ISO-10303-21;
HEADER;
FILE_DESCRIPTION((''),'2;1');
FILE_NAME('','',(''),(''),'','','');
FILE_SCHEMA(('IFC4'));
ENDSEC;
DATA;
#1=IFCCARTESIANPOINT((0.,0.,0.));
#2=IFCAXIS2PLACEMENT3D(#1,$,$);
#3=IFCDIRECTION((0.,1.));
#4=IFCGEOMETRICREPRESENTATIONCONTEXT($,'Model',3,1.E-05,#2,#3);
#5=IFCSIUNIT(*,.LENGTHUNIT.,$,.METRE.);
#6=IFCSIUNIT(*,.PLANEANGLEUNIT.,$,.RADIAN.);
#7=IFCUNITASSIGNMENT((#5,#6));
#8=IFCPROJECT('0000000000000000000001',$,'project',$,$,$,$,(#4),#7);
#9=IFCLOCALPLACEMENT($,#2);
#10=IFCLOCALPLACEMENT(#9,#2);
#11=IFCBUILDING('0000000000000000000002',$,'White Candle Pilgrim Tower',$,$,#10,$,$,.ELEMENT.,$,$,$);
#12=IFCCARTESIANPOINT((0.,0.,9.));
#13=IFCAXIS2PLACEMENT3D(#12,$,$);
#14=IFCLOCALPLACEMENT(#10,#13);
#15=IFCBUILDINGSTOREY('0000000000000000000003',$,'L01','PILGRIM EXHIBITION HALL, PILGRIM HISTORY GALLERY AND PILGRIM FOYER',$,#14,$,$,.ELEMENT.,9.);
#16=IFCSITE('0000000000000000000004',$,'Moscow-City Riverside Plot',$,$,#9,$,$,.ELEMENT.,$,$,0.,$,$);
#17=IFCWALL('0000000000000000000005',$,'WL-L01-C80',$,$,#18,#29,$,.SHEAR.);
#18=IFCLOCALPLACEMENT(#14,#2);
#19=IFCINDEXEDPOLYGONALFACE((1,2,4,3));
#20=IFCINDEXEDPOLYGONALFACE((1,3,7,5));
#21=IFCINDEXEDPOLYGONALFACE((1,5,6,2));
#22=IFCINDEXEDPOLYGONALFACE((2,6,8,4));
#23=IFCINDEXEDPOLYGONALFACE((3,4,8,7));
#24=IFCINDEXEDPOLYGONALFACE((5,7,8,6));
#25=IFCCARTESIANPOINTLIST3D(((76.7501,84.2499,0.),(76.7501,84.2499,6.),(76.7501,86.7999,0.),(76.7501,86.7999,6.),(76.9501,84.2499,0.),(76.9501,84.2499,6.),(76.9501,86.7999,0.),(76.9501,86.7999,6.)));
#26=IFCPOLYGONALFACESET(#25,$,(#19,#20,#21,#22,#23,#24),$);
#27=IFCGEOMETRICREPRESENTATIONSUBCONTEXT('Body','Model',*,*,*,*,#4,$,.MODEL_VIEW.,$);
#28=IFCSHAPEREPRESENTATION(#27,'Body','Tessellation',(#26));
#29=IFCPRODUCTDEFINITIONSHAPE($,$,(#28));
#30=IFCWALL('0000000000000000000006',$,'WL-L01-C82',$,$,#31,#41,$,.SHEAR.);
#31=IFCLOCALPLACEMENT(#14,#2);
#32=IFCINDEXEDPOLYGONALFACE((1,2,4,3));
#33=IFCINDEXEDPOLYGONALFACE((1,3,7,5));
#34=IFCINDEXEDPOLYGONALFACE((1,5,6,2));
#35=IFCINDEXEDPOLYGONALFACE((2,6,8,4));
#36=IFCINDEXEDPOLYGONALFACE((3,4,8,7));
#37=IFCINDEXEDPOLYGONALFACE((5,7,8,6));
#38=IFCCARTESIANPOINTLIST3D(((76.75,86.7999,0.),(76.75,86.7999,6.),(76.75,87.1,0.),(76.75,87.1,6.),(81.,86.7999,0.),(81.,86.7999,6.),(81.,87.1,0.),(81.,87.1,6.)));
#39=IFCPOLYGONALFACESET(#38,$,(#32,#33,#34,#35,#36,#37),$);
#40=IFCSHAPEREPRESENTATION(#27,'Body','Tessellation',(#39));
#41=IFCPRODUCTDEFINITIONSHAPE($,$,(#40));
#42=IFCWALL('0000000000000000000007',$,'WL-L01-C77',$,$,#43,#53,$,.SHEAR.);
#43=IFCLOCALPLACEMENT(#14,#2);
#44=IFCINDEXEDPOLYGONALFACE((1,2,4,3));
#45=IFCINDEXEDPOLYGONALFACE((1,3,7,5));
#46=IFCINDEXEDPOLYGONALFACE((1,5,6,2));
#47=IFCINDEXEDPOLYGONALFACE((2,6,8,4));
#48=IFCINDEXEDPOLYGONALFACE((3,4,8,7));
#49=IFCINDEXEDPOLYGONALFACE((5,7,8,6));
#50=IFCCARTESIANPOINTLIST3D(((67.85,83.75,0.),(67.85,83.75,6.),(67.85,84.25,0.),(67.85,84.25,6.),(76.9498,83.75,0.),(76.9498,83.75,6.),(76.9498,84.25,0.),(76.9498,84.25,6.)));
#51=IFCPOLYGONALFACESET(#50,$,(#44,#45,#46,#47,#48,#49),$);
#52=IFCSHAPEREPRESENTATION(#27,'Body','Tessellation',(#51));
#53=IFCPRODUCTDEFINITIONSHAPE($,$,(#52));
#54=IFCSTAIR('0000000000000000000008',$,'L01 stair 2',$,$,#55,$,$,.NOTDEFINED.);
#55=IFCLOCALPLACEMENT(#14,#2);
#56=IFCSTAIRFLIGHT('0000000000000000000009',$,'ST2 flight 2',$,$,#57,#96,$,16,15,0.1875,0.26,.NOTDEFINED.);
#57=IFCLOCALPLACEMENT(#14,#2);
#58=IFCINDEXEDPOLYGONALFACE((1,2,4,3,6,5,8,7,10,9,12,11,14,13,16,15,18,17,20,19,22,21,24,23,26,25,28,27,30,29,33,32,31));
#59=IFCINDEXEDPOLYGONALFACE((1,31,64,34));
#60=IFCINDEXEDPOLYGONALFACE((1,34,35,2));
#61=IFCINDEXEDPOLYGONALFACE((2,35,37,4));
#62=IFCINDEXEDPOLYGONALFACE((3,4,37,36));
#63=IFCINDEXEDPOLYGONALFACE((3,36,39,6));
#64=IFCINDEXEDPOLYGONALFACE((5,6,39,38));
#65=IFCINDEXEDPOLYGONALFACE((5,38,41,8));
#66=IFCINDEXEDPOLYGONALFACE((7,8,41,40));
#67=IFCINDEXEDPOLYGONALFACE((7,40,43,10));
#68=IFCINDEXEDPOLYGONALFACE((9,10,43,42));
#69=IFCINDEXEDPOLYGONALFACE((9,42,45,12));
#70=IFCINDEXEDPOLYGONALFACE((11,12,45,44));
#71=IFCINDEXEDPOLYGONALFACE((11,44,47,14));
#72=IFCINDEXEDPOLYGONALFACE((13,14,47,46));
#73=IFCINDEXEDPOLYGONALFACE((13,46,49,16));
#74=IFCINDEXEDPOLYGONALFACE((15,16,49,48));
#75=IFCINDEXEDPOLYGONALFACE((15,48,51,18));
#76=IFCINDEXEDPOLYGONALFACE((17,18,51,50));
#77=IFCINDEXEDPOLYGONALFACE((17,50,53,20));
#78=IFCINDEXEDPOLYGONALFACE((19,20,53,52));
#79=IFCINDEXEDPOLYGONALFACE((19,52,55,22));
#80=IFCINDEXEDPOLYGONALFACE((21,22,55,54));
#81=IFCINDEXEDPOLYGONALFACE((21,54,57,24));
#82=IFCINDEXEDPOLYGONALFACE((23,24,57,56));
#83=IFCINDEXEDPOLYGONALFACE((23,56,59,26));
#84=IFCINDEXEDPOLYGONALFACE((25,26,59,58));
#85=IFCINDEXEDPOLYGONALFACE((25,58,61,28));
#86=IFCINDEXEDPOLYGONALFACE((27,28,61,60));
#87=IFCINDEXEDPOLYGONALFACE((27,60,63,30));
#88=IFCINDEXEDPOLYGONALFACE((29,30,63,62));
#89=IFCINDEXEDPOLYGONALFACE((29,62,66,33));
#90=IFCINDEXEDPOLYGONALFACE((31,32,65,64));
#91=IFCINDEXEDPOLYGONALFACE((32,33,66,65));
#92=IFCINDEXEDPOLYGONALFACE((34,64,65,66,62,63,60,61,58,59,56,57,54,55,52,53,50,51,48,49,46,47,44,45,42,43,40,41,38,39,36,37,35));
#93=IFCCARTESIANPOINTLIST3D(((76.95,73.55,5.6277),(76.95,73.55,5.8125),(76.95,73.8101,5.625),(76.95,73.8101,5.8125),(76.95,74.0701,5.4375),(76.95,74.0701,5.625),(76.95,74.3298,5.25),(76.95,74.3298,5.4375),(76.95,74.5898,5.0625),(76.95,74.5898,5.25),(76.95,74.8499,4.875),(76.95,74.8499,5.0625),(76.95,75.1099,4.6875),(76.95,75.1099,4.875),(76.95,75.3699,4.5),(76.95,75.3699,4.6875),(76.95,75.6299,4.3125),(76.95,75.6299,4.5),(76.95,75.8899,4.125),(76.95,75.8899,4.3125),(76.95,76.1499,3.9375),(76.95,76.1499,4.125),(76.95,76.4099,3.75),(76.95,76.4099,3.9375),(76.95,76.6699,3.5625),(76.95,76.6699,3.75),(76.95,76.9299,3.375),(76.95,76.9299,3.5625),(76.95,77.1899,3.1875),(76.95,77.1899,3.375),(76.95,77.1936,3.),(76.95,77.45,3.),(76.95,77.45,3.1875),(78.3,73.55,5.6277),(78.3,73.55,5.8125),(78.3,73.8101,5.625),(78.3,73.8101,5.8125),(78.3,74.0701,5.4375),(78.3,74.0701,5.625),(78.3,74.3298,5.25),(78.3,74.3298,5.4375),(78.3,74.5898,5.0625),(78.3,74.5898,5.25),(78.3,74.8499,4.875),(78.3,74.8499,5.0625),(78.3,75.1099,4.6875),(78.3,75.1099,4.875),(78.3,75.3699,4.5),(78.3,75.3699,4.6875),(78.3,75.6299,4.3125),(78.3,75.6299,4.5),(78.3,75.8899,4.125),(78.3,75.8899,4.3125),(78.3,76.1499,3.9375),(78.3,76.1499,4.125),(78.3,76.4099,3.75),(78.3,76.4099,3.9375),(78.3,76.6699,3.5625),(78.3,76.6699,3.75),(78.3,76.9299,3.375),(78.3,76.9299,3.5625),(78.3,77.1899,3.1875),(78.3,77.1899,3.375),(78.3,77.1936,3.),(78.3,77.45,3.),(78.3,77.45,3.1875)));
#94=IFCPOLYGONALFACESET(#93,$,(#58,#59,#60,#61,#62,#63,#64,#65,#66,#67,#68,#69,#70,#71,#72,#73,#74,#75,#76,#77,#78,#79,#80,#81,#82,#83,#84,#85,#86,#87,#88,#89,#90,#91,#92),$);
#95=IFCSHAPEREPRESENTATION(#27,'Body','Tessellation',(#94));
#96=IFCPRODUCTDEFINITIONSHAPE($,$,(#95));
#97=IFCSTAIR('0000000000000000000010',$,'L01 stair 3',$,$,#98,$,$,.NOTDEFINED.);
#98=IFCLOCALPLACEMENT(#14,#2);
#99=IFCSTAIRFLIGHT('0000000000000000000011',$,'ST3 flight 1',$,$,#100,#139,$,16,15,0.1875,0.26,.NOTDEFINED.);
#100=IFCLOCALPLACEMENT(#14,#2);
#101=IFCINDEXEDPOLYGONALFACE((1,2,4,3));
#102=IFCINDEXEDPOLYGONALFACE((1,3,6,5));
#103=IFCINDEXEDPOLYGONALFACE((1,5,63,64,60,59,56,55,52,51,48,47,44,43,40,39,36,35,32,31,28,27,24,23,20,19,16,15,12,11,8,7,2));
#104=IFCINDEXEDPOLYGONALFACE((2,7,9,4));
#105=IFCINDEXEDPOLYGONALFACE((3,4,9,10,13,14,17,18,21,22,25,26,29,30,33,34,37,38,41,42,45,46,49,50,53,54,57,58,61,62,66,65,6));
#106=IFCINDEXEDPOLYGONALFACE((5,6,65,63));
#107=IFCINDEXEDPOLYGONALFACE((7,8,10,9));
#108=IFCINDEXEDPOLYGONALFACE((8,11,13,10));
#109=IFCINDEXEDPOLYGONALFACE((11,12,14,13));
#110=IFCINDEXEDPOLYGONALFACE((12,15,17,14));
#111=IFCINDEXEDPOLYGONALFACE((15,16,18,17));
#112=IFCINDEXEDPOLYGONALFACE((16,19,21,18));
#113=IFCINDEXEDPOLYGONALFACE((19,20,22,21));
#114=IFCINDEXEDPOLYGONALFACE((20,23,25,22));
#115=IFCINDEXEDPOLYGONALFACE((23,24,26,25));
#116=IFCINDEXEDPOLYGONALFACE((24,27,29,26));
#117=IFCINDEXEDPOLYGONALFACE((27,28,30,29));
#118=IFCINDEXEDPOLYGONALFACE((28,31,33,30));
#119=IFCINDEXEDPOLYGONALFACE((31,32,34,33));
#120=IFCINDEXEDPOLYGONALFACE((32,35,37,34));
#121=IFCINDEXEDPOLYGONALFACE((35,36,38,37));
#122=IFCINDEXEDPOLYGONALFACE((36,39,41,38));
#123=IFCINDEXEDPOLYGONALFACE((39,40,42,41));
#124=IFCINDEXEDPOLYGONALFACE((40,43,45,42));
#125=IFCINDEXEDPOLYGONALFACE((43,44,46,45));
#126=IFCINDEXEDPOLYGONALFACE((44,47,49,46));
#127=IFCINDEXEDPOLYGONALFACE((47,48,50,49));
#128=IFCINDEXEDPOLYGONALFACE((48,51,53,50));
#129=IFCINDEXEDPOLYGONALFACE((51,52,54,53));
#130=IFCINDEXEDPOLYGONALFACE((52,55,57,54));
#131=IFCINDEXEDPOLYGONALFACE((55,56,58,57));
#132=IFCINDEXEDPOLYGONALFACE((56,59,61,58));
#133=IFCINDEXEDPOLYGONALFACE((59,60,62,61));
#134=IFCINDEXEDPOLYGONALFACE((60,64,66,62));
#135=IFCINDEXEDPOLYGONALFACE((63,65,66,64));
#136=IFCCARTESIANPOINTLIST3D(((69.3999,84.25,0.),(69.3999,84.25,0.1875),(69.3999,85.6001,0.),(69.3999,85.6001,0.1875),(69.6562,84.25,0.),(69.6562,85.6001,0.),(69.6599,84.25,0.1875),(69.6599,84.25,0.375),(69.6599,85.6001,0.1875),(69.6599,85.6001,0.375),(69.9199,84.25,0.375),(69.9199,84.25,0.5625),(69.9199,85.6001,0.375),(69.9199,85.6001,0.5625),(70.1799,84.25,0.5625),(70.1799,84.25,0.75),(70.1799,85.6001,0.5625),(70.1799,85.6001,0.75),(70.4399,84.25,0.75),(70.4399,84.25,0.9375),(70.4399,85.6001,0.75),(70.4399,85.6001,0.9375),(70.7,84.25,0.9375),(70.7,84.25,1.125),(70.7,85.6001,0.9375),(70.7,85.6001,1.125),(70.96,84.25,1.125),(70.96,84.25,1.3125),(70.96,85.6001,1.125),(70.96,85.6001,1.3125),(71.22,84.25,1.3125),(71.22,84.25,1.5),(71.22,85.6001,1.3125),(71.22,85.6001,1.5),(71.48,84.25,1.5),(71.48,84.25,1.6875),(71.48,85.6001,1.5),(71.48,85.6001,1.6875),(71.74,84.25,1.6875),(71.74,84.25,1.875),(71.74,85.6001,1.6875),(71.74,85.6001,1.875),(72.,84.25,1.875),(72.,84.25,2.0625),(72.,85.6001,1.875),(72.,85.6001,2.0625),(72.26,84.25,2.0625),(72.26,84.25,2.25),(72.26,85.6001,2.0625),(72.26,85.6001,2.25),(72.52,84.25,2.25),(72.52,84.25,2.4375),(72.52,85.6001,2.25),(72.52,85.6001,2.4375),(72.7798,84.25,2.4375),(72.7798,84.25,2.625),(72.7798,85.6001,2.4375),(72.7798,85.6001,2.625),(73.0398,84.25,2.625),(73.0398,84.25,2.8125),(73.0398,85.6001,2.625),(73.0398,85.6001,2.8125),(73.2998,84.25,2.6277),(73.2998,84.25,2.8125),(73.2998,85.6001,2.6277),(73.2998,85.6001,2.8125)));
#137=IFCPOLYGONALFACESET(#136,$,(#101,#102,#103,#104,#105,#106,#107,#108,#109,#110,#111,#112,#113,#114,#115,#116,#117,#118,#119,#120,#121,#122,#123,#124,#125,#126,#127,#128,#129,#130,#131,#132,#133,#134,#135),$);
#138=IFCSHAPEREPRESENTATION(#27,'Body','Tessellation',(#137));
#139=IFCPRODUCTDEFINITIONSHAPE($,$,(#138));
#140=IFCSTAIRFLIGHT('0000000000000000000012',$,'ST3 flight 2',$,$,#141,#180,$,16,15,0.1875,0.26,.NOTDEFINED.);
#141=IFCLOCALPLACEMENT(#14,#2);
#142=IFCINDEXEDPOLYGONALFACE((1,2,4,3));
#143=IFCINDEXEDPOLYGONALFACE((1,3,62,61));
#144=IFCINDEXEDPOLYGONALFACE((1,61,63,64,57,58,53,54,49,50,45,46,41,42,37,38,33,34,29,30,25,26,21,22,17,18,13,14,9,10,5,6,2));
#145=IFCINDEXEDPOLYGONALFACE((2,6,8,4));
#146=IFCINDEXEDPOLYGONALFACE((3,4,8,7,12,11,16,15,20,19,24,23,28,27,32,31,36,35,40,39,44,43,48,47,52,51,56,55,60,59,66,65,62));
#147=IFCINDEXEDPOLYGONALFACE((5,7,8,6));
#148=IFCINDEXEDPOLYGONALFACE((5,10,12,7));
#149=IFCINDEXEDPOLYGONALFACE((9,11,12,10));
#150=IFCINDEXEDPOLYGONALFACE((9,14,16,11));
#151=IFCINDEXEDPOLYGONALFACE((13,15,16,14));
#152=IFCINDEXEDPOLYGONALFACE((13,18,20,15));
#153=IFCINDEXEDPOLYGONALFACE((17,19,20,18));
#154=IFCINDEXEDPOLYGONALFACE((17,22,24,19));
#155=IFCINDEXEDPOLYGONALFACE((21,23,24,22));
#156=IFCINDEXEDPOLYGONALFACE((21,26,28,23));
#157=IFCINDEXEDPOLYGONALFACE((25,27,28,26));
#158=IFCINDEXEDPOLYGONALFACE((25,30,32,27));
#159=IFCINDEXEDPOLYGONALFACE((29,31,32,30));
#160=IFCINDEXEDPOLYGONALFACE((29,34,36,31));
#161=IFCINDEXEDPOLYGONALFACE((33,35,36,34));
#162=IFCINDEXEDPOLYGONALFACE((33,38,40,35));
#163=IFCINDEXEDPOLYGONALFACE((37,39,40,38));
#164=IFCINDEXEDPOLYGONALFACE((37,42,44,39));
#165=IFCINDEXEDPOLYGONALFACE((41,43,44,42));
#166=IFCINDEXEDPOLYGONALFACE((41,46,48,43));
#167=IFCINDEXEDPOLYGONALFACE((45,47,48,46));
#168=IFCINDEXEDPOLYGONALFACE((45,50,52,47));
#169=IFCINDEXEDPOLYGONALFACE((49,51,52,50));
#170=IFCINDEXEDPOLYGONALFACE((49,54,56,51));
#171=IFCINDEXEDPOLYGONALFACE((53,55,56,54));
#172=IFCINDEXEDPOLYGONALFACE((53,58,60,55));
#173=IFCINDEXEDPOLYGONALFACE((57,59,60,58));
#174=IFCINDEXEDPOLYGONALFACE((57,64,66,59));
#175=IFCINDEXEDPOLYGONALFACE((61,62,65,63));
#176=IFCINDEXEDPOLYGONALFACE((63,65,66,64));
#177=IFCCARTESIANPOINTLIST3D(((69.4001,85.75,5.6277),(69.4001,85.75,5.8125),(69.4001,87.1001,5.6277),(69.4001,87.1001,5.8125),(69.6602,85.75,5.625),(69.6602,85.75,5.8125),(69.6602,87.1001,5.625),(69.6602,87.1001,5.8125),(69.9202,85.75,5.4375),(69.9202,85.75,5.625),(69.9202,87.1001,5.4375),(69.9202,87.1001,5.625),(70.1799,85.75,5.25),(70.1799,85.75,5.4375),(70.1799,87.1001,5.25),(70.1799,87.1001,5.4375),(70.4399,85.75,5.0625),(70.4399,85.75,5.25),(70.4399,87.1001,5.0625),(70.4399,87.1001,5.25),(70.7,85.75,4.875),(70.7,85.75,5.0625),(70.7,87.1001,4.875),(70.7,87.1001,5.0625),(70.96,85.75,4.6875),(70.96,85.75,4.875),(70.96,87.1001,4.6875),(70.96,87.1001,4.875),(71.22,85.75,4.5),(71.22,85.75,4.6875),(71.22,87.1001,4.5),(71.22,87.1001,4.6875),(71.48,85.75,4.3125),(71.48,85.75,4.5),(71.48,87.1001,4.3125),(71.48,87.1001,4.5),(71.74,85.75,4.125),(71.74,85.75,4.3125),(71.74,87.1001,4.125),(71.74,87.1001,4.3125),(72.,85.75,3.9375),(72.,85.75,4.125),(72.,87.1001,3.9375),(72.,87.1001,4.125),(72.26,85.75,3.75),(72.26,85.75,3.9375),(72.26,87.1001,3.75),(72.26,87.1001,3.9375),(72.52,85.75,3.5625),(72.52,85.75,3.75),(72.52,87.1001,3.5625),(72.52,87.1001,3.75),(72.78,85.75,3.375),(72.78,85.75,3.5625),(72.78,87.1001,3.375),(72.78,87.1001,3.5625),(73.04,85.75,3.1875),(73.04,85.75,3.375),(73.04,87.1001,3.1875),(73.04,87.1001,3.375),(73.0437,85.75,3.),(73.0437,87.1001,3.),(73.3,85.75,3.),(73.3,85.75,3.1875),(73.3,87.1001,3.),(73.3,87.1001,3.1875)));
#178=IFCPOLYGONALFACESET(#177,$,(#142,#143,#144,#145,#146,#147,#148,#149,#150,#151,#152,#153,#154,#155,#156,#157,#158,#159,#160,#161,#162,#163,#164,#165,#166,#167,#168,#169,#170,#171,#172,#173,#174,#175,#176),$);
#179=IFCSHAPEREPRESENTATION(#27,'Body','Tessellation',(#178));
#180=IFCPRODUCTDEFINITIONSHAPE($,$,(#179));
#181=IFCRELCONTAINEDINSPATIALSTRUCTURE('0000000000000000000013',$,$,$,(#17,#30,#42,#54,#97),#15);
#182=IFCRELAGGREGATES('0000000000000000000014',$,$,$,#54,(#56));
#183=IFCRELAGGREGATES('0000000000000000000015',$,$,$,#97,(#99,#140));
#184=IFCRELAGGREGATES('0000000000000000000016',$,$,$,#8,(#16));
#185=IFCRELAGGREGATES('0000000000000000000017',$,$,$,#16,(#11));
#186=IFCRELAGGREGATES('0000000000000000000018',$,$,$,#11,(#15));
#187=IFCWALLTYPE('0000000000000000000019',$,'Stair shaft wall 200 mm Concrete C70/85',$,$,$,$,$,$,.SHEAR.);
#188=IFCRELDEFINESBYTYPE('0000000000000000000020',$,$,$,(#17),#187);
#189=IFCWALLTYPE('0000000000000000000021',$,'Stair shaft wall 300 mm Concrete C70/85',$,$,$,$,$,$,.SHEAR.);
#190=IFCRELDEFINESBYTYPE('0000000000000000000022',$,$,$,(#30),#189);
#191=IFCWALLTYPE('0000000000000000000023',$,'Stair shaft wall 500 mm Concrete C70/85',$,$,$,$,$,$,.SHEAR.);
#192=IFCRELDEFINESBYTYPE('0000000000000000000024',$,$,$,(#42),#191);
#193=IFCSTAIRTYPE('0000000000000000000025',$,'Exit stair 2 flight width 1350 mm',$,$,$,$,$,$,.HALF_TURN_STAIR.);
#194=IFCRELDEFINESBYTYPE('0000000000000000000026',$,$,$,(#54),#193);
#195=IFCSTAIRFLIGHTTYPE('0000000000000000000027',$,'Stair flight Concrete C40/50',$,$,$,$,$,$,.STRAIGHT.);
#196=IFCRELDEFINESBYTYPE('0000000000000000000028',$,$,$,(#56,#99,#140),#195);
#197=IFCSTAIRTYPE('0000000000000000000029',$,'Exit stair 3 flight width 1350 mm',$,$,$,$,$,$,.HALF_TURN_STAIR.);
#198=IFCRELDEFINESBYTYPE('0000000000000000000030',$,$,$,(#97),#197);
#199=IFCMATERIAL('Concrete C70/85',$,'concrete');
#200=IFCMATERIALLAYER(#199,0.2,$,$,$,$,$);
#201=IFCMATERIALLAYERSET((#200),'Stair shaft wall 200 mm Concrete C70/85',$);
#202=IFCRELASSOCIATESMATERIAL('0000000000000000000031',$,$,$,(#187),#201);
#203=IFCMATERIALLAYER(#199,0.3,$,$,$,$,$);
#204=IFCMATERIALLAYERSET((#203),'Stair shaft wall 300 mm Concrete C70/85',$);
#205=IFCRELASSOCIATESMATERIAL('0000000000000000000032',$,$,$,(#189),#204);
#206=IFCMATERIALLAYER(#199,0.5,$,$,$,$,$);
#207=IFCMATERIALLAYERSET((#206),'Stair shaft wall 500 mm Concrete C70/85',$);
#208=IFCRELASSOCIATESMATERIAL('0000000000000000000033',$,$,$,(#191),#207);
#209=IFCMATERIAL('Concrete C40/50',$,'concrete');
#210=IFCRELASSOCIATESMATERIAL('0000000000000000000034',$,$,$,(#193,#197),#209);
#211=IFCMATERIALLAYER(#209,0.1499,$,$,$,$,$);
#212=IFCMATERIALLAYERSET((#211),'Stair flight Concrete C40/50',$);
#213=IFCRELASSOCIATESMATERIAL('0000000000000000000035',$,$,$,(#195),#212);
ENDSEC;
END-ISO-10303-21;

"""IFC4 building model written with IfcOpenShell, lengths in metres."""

from ifc_helpers import new_model, si_unit, direction, frame, frame_2d, origin, place, context, subcontext, project, spatial, polyline, rectangle, outline, extrude, material, layer, layer_set, type_object, element, aggregate, save


model = new_model("IFC4")

# Units and contexts
model_context = context("Model", 3, precision=1e-05, world=origin(), true_north=direction((0.0, 1.0)))
body_context = subcontext(model_context, "Body", "Model", "MODEL_VIEW")
ifc_project = project(units=[si_unit("LENGTHUNIT", "METRE"), si_unit("PLANEANGLEUNIT", "RADIAN")], contexts=[model_context])

# Site, building, storey
site_placement = place(None, origin())
site = spatial("IfcSite", under=ifc_project, at=site_placement, Name="Moscow-City Riverside Plot", CompositionType="ELEMENT", RefElevation=0.0)
building_placement = place(site_placement, origin())
building = spatial("IfcBuilding", under=site, at=building_placement, Name="White Candle Pilgrim Tower", CompositionType="ELEMENT")
storey_placement = place(building_placement, frame((0.0, 0.0, 9.0)))
storey = spatial("IfcBuildingStorey", under=building, at=storey_placement, Name="L01", Description="PILGRIM EXHIBITION HALL, PILGRIM HISTORY GALLERY AND PILGRIM FOYER", CompositionType="ELEMENT", Elevation=9.0)

# Shared definitions
ifc_material_1 = material(Name="Concrete C70/85", Category="concrete")

# Shared definitions
ifc_layer_1 = layer(ifc_material_1, 0.2)
ifc_layer_set_1 = layer_set([ifc_layer_1], Name="Stair shaft wall 200 mm Concrete C70/85")
wall_type_1 = type_object("IfcWallType", Name="Stair shaft wall 200 mm Concrete C70/85", PredefinedType="SHEAR", material=ifc_layer_set_1)

# Walls
wall_1_placement = place(storey_placement, frame((76.8501, 84.25, 0.0), z_axis=(0.0, 0.0, 1.0), x_axis=(0.0, 1.0, 0.0)))
element("IfcWall", 1, at=wall_1_placement, inside=storey, type_object=wall_type_1, Name="WL-L01-C80", PredefinedType="SHEAR", context=body_context, shape_type="SweptSolid", body=[
    extrude(rectangle(XDim=2.55, YDim=0.2, at=frame_2d((1.2749, 0.0))), origin(), (0.0, 0.0, 1.0), 6.0),
])
ifc_layer_2 = layer(ifc_material_1, 0.3)
ifc_layer_set_2 = layer_set([ifc_layer_2], Name="Stair shaft wall 300 mm Concrete C70/85")
wall_type_2 = type_object("IfcWallType", Name="Stair shaft wall 300 mm Concrete C70/85", PredefinedType="SHEAR", material=ifc_layer_set_2)
wall_2_placement = place(storey_placement, frame((76.75, 86.95, 0.0), z_axis=(0.0, 0.0, 1.0), x_axis=(1.0, 0.0, 0.0)))
element("IfcWall", 2, at=wall_2_placement, inside=storey, type_object=wall_type_2, Name="WL-L01-C82", PredefinedType="SHEAR", context=body_context, shape_type="SweptSolid", body=[
    extrude(rectangle(XDim=4.25, YDim=0.3, at=frame_2d((2.125, 0.0))), origin(), (0.0, 0.0, 1.0), 6.0),
])
ifc_layer_3 = layer(ifc_material_1, 0.5)
ifc_layer_set_3 = layer_set([ifc_layer_3], Name="Stair shaft wall 500 mm Concrete C70/85")
wall_type_3 = type_object("IfcWallType", Name="Stair shaft wall 500 mm Concrete C70/85", PredefinedType="SHEAR", material=ifc_layer_set_3)
wall_3_placement = place(storey_placement, frame((67.8501, 84.0, 0.0), z_axis=(0.0, 0.0, 1.0), x_axis=(1.0, 0.0, 0.0)))
element("IfcWall", 3, at=wall_3_placement, inside=storey, type_object=wall_type_3, Name="WL-L01-C77", PredefinedType="SHEAR", context=body_context, shape_type="SweptSolid", body=[
    extrude(rectangle(XDim=9.0999, YDim=0.5, at=frame_2d((4.5498, 0.0))), origin(), (0.0, 0.0, 1.0), 6.0),
])

# Stair, stair flight
ifc_material_2 = material(Name="Concrete C40/50", Category="concrete")
stair_type_1 = type_object("IfcStairType", Name="Exit stair 2 flight width 1350 mm", PredefinedType="HALF_TURN_STAIR", material=ifc_material_2)
stair_1_placement = place(storey_placement, origin())
stair_1 = element("IfcStair", 4, at=stair_1_placement, inside=storey, type_object=stair_type_1, Name="L01 stair 2", PredefinedType="NOTDEFINED")
ifc_layer_4 = layer(ifc_material_2, 0.1499)
ifc_layer_set_4 = layer_set([ifc_layer_4], Name="Stair flight Concrete C40/50")
stair_flight_type = type_object("IfcStairFlightType", Name="Stair flight Concrete C40/50", PredefinedType="STRAIGHT", material=ifc_layer_set_4)
stair_flight_1_placement = place(storey_placement, frame((77.625, 77.45, 3.0), z_axis=(0.0, 0.0, 1.0), x_axis=(0.0, -1.0, 0.0)))
stair_flight_1 = element("IfcStairFlight", 5, at=stair_flight_1_placement, type_object=stair_flight_type, Name="ST2 flight 2", NumberOfRisers=16, NumberOfTreads=15, PredefinedType="NOTDEFINED", RiserHeight=0.1875, TreadLength=0.26, context=body_context, shape_type="SweptSolid", body=[
    extrude(outline(polyline([(0.0, 0.0), (0.0, 0.1875), (0.26, 0.1875), (0.26, 0.375), (0.52, 0.375), (0.52, 0.5625), (0.78, 0.5625), (0.78, 0.75), (1.04, 0.75), (1.04, 0.9375), (1.3, 0.9375), (1.3, 1.125), (1.5601, 1.125), (1.5601, 1.3125), (1.8201, 1.3125), (1.8201, 1.5), (2.0801, 1.5), (2.0801, 1.6875), (2.3401, 1.6875), (2.3401, 1.875), (2.6001, 1.875), (2.6001, 2.0625), (2.8601, 2.0625), (2.8601, 2.25), (3.1201, 2.25), (3.1201, 2.4375), (3.3799, 2.4375), (3.3799, 2.625), (3.6399, 2.625), (3.6399, 2.8125), (3.8999, 2.8125), (3.8999, 3.0), (3.8999, 2.6277), (0.2563, 0.0), (0.0, 0.0)])), frame((0.0, 0.675, 0.0), z_axis=(0.0, -1.0, 0.0), x_axis=(1.0, 0.0, 0.0)), (0.0, 0.0, 1.0), 1.3501),
])
aggregate(stair_1, [stair_flight_1])

# Stair, stair flights
stair_type_2 = type_object("IfcStairType", Name="Exit stair 3 flight width 1350 mm", PredefinedType="HALF_TURN_STAIR", material=ifc_material_2)
stair_2_placement = place(storey_placement, origin())
stair_2 = element("IfcStair", 6, at=stair_2_placement, inside=storey, type_object=stair_type_2, Name="L01 stair 3", PredefinedType="NOTDEFINED")
stair_flight_2_placement = place(storey_placement, frame((69.3999, 84.925, 0.0), z_axis=(0.0, 0.0, 1.0), x_axis=(1.0, 0.0, 0.0)))
stair_flight_2 = element("IfcStairFlight", 7, at=stair_flight_2_placement, type_object=stair_flight_type, Name="ST3 flight 1", NumberOfRisers=16, NumberOfTreads=15, PredefinedType="NOTDEFINED", RiserHeight=0.1875, TreadLength=0.26, context=body_context, shape_type="SweptSolid", body=[
    extrude(outline(polyline([(0.0, 0.0), (0.0, 0.1875), (0.26, 0.1875), (0.26, 0.375), (0.52, 0.375), (0.52, 0.5625), (0.78, 0.5625), (0.78, 0.75), (1.04, 0.75), (1.04, 0.9375), (1.3, 0.9375), (1.3, 1.125), (1.5601, 1.125), (1.5601, 1.3125), (1.8201, 1.3125), (1.8201, 1.5), (2.0801, 1.5), (2.0801, 1.6875), (2.3401, 1.6875), (2.3401, 1.875), (2.6001, 1.875), (2.6001, 2.0625), (2.8601, 2.0625), (2.8601, 2.25), (3.1201, 2.25), (3.1201, 2.4375), (3.3799, 2.4375), (3.3799, 2.625), (3.6399, 2.625), (3.6399, 2.8125), (3.8999, 2.8125), (3.8999, 3.0), (3.8999, 2.6277), (0.2563, 0.0), (0.0, 0.0)])), frame((0.0, 0.675, 0.0), z_axis=(0.0, -1.0, 0.0), x_axis=(1.0, 0.0, 0.0)), (0.0, 0.0, 1.0), 1.3501),
])
stair_flight_3_placement = place(storey_placement, frame((73.3, 86.425, 3.0), z_axis=(0.0, 0.0, 1.0), x_axis=(-1.0, 0.0, 0.0)))
stair_flight_3 = element("IfcStairFlight", 8, at=stair_flight_3_placement, type_object=stair_flight_type, Name="ST3 flight 2", NumberOfRisers=16, NumberOfTreads=15, PredefinedType="NOTDEFINED", RiserHeight=0.1875, TreadLength=0.26, context=body_context, shape_type="SweptSolid", body=[
    extrude(outline(polyline([(0.0, 0.0), (0.0, 0.1875), (0.26, 0.1875), (0.26, 0.375), (0.52, 0.375), (0.52, 0.5625), (0.78, 0.5625), (0.78, 0.75), (1.04, 0.75), (1.04, 0.9375), (1.3, 0.9375), (1.3, 1.125), (1.5601, 1.125), (1.5601, 1.3125), (1.8201, 1.3125), (1.8201, 1.5), (2.0801, 1.5), (2.0801, 1.6875), (2.3401, 1.6875), (2.3401, 1.875), (2.6001, 1.875), (2.6001, 2.0625), (2.8601, 2.0625), (2.8601, 2.25), (3.1201, 2.25), (3.1201, 2.4375), (3.3799, 2.4375), (3.3799, 2.625), (3.6399, 2.625), (3.6399, 2.8125), (3.8999, 2.8125), (3.8999, 3.0), (3.8999, 2.6277), (0.2563, 0.0), (0.0, 0.0)])), frame((0.0, 0.675, 0.0), z_axis=(0.0, -1.0, 0.0), x_axis=(1.0, 0.0, 0.0)), (0.0, 0.0, 1.0), 1.3501),
])
aggregate(stair_2, [stair_flight_2, stair_flight_3])

save(model, "model.ifc")
